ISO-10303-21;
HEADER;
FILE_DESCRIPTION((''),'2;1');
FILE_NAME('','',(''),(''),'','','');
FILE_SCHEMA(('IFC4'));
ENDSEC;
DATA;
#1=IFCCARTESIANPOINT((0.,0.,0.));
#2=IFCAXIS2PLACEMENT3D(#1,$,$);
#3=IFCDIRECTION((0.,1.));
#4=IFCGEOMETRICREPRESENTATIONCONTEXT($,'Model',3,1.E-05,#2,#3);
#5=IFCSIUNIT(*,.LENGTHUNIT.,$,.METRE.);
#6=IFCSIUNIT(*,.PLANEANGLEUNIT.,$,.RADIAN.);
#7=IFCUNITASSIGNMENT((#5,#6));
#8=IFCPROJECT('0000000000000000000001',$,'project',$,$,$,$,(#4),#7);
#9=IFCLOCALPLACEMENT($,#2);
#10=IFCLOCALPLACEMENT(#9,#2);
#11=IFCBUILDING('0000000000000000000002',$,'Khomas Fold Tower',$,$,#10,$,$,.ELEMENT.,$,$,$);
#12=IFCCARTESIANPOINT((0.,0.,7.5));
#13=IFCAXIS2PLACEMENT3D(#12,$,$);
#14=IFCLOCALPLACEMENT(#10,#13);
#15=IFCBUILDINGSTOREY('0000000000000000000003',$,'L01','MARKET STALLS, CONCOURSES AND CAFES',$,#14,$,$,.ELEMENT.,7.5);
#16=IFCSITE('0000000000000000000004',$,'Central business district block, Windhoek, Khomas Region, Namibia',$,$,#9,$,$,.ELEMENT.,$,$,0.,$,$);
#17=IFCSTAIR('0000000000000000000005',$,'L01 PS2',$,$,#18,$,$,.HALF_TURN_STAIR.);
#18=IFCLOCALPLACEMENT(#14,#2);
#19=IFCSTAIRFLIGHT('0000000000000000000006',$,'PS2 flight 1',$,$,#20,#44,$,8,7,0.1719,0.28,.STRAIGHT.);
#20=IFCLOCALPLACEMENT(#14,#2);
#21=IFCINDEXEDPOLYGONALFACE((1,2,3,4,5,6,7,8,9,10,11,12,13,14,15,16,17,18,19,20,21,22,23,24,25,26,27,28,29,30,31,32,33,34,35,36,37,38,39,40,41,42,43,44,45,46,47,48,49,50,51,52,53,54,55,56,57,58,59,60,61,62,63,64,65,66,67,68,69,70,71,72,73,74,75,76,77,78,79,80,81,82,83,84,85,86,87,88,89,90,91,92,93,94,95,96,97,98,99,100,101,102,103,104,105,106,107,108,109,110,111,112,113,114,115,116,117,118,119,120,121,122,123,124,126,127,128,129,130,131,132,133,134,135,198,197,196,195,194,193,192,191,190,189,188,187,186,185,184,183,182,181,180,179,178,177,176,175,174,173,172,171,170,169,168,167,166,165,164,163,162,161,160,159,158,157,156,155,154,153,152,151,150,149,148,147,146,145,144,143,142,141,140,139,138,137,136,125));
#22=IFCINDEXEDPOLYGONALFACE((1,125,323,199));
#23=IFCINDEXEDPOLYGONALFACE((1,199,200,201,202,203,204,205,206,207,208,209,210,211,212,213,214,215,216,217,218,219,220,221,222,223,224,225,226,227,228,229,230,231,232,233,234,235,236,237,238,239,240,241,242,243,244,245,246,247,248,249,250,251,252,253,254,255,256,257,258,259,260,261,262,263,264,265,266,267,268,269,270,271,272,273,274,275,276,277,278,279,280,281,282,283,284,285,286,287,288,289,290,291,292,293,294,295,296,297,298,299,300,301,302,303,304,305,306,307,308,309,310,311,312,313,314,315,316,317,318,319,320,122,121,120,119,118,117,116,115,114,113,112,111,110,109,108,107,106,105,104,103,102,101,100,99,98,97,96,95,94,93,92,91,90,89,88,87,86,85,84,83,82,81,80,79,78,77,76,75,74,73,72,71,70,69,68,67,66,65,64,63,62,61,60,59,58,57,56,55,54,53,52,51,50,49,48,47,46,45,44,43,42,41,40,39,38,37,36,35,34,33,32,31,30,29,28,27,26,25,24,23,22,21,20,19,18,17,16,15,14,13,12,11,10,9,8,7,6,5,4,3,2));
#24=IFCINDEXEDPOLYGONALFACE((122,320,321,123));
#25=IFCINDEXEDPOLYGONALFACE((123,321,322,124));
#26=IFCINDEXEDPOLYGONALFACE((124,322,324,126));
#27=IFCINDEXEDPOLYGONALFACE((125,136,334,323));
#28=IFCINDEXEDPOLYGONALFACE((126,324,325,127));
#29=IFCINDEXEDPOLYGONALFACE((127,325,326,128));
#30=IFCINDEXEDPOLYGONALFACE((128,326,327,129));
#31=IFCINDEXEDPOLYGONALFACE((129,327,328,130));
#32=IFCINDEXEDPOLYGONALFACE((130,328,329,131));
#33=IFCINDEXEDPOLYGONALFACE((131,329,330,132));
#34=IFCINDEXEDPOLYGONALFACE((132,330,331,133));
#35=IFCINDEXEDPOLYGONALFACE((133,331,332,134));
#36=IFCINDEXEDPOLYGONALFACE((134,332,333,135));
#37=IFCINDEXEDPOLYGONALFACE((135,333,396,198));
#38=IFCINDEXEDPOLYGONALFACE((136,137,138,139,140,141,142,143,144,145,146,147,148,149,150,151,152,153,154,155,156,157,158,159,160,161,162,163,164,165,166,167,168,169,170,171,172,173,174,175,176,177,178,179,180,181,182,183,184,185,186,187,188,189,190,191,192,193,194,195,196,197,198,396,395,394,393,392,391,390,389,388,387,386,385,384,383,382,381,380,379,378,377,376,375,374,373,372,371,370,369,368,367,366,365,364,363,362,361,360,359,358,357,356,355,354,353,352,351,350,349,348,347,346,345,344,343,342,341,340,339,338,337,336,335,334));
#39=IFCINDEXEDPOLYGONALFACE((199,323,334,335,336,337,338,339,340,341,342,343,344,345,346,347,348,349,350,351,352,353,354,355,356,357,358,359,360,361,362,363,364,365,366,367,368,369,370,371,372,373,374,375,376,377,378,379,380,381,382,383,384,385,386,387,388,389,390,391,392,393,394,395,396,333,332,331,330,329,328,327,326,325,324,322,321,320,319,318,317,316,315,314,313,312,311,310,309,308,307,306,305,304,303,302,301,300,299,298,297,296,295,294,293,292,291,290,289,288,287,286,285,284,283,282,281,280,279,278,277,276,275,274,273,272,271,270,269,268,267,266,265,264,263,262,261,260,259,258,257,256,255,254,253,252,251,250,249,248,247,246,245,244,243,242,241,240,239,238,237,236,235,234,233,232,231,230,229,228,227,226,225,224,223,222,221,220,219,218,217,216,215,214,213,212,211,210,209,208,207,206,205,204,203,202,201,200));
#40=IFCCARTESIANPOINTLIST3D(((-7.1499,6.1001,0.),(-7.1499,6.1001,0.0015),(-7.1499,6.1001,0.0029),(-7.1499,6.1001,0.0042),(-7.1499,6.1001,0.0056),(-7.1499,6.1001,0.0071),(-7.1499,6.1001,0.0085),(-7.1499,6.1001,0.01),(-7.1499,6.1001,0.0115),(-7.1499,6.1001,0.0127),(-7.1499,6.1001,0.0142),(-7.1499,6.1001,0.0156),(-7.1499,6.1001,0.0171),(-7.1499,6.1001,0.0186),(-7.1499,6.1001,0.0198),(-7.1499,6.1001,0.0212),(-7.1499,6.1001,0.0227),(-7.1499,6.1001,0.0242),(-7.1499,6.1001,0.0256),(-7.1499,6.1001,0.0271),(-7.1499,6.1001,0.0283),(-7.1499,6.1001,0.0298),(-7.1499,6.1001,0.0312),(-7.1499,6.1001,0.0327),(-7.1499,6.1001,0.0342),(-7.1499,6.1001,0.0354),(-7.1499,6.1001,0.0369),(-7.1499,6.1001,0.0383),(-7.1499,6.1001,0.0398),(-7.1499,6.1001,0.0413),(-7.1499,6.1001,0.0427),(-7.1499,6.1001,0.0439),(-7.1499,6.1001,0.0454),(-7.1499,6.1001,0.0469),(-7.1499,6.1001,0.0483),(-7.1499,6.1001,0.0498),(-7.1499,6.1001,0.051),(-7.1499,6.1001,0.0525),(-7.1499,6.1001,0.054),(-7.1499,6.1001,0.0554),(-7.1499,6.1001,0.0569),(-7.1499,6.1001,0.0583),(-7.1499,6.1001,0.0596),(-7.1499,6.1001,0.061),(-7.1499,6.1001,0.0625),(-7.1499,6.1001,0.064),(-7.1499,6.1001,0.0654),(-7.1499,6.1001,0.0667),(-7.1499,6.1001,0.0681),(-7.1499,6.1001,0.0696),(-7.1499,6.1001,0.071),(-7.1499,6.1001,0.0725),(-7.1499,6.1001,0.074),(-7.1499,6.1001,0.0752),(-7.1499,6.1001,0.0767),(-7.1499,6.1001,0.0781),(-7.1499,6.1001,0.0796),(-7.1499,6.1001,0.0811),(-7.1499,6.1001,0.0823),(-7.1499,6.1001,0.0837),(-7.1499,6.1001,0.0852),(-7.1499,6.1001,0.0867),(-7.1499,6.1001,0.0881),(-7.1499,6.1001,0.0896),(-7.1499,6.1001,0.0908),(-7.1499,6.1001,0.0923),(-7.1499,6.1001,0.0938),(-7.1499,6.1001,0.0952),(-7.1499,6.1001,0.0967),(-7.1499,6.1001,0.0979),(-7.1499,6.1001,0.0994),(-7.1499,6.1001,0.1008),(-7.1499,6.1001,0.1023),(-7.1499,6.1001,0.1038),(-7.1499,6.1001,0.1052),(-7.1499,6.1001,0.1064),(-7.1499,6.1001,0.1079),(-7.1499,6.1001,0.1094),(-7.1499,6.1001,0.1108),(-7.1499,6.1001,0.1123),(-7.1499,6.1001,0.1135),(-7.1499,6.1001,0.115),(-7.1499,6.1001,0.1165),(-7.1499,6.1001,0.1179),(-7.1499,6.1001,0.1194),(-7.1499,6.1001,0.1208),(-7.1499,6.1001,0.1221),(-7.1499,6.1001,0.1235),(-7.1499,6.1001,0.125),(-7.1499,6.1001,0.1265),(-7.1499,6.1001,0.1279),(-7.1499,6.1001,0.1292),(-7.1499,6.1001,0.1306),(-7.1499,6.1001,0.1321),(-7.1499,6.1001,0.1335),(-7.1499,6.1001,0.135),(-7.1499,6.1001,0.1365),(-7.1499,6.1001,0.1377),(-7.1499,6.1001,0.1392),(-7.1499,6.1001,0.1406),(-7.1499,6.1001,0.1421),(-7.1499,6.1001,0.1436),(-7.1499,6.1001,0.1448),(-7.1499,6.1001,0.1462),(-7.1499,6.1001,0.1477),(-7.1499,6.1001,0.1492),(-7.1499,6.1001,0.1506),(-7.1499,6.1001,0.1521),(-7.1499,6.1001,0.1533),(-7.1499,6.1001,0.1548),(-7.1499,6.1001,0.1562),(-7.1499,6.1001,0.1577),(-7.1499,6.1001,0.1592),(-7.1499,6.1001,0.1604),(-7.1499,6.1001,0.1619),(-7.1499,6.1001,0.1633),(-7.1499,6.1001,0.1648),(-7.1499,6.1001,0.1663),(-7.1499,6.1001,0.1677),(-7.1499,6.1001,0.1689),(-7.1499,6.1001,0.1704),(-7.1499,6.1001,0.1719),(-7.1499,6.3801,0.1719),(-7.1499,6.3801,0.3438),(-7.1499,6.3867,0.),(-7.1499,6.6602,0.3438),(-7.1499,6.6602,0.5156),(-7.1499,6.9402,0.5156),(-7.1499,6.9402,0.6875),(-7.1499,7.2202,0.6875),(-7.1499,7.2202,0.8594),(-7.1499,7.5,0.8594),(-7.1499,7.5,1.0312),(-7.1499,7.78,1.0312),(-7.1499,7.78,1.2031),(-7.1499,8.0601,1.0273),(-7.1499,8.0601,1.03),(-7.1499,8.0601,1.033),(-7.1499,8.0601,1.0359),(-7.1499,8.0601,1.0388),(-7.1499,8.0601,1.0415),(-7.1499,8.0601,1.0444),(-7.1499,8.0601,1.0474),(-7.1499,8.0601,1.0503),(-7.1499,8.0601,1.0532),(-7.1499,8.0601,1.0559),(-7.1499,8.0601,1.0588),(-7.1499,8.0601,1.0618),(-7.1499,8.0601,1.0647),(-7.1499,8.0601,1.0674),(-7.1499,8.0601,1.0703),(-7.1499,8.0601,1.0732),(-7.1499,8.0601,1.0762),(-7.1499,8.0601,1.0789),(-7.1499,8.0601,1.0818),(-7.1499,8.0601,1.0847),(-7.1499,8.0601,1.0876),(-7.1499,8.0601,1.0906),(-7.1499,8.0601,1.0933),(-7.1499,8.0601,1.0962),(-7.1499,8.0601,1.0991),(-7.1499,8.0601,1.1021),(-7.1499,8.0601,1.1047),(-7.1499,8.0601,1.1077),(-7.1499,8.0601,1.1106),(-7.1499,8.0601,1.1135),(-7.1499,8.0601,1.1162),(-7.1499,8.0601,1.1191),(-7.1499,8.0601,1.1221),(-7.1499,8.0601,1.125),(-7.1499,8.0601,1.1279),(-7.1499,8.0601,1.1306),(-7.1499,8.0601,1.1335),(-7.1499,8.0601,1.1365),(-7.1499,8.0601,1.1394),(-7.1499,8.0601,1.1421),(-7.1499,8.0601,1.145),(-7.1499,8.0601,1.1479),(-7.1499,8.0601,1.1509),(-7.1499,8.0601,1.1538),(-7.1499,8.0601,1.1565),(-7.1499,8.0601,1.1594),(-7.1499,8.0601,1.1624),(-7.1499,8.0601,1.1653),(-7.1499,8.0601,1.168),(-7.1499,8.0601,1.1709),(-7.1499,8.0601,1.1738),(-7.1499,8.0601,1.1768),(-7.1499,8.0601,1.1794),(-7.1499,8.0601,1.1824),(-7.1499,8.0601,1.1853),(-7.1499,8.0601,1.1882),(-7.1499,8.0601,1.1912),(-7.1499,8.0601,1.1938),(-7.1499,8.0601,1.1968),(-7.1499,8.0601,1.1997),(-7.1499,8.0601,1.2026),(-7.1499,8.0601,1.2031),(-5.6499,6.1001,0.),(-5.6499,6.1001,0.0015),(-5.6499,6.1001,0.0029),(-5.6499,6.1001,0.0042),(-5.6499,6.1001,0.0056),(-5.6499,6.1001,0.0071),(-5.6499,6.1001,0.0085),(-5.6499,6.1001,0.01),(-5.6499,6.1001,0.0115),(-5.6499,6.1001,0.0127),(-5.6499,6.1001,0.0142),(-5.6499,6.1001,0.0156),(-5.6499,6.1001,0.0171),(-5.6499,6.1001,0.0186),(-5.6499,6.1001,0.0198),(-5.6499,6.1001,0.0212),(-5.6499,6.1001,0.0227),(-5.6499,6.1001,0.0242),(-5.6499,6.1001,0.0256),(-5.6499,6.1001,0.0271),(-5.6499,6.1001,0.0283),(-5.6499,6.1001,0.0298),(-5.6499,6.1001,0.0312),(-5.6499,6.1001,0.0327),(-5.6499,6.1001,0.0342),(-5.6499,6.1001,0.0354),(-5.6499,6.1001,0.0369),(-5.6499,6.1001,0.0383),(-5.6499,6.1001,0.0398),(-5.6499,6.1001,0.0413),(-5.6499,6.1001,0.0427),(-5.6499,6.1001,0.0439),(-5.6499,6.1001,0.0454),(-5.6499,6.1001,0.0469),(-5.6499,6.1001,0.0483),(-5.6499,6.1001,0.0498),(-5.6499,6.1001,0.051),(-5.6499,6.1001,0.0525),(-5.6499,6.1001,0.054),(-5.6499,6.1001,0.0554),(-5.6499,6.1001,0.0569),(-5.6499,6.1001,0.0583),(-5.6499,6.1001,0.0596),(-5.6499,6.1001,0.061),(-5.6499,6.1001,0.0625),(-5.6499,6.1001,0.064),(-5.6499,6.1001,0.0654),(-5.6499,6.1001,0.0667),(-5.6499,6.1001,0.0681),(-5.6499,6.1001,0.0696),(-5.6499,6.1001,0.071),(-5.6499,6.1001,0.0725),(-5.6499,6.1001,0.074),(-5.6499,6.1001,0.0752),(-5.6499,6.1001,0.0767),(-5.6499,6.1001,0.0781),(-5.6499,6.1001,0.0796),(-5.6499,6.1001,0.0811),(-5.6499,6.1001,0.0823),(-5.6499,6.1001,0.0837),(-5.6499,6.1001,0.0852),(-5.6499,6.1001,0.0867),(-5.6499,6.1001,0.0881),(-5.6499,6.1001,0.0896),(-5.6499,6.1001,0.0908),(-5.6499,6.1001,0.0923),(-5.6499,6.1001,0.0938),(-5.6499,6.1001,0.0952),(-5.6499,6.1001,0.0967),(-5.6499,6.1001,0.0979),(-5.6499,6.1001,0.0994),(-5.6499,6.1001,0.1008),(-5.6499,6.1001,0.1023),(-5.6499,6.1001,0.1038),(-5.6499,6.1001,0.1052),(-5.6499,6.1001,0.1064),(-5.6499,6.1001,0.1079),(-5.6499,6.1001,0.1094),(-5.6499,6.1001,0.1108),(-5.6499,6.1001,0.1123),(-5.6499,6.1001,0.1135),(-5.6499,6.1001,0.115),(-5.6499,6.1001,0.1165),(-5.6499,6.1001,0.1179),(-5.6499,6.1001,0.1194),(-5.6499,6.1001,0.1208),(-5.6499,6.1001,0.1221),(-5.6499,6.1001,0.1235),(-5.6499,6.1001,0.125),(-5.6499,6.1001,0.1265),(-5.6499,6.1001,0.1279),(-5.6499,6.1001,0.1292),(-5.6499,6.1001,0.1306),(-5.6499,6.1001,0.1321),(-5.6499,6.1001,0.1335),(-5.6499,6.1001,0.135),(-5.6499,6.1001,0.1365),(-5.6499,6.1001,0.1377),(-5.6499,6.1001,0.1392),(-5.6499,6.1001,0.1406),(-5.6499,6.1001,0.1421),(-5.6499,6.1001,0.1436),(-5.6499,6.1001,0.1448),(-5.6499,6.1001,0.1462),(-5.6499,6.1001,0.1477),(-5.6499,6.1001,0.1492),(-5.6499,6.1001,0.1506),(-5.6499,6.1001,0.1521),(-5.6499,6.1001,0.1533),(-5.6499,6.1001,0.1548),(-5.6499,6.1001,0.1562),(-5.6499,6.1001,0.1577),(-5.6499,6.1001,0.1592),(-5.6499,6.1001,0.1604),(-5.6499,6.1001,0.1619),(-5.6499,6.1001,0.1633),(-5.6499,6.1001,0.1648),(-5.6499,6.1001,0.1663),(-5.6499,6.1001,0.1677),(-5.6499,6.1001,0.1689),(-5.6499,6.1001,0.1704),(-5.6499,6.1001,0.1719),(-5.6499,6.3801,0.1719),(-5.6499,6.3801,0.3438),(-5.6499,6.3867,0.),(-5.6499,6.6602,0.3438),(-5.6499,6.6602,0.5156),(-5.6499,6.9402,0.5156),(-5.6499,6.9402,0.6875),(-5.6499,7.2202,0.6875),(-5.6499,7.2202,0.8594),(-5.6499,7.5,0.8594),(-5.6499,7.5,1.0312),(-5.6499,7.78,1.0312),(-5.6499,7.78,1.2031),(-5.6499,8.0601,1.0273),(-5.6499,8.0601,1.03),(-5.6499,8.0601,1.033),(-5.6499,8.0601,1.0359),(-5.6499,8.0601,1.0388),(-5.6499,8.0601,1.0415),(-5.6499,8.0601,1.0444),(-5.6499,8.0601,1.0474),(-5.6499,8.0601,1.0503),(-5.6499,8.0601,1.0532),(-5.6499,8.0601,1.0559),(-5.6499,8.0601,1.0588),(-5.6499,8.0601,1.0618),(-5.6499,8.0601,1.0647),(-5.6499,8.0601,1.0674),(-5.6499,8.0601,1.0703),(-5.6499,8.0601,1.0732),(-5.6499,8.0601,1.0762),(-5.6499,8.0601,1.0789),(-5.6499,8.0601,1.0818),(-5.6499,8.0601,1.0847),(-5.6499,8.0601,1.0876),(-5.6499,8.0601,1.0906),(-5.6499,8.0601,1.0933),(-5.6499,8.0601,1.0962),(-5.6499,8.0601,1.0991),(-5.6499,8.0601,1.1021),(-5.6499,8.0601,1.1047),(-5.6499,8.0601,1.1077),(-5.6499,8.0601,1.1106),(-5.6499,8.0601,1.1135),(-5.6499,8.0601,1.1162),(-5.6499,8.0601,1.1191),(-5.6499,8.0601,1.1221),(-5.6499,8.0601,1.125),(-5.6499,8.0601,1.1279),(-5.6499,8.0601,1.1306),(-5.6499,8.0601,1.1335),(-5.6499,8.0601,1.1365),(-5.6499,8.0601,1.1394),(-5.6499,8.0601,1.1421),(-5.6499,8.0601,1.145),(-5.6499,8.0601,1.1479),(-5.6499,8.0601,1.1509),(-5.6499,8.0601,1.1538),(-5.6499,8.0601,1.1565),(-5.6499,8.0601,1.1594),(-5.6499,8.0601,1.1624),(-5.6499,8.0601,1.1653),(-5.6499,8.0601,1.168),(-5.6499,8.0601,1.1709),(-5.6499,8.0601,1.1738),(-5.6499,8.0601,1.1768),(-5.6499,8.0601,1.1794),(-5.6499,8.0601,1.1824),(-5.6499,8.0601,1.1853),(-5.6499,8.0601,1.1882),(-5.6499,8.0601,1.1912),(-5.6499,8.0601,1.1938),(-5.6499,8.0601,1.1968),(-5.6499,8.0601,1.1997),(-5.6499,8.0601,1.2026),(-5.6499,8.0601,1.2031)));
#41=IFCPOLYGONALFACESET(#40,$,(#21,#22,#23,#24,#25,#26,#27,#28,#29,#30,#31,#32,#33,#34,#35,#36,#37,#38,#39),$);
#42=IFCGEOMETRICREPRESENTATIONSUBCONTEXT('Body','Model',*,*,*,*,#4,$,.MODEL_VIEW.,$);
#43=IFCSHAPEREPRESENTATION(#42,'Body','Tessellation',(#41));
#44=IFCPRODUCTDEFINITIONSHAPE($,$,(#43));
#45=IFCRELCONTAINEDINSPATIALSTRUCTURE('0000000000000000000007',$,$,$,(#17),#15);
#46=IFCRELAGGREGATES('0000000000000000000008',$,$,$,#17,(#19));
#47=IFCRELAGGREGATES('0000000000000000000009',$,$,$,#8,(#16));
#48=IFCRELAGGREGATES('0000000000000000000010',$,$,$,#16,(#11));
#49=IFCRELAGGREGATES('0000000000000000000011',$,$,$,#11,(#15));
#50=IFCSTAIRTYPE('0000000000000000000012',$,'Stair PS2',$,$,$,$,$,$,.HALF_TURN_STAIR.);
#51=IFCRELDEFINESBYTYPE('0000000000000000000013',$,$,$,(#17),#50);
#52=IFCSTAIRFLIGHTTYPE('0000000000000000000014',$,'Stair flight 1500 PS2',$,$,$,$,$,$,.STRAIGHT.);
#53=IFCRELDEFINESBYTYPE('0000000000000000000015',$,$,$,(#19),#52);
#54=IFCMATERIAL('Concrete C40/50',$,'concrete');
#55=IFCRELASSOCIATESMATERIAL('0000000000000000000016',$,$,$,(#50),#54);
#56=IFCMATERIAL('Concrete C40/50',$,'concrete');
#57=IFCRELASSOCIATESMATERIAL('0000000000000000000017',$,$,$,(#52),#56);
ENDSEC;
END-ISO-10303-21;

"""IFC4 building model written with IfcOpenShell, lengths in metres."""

from ifc_helpers import new_model, si_unit, direction, frame, origin, place, context, subcontext, project, spatial, polyline, outline, extrude, source, transform, mapped, material, type_object, element, aggregate, save


model = new_model("IFC4")

# Units and contexts
model_context = context("Model", 3, precision=1e-05, world=origin(), true_north=direction((0.0, 1.0)))
body_context = subcontext(model_context, "Body", "Model", "MODEL_VIEW")
ifc_project = project(units=[si_unit("LENGTHUNIT", "METRE"), si_unit("PLANEANGLEUNIT", "RADIAN")], contexts=[model_context])

# Site, building, storey
site_placement = place(None, origin())
site = spatial("IfcSite", under=ifc_project, at=site_placement, Name="Central business district block, Windhoek, Khomas Region, Namibia", CompositionType="ELEMENT", RefElevation=0.0)
building_placement = place(site_placement, origin())
building = spatial("IfcBuilding", under=site, at=building_placement, Name="Khomas Fold Tower", CompositionType="ELEMENT")
storey_placement = place(building_placement, frame((0.0, 0.0, 7.5)))
storey = spatial("IfcBuildingStorey", under=building, at=storey_placement, Name="L01", Description="MARKET STALLS, CONCOURSES AND CAFES", CompositionType="ELEMENT", Elevation=7.5)

# Stair, stair flight
ifc_material_1 = material(Name="Concrete C40/50", Category="concrete")
stair_type = type_object("IfcStairType", Name="Stair PS2", PredefinedType="HALF_TURN_STAIR", material=ifc_material_1)
stair_placement = place(storey_placement, origin())
stair = element("IfcStair", 1, at=stair_placement, inside=storey, type_object=stair_type, Name="L01 PS2", PredefinedType="HALF_TURN_STAIR")
ifc_material_2 = material(Name="Concrete C40/50", Category="concrete")
stair_flight_type = type_object("IfcStairFlightType", Name="Stair flight 1500 PS2", PredefinedType="STRAIGHT", material=ifc_material_2)
shared_shape_1 = source(origin(), body_context, "Body", "SweptSolid", [
    extrude(outline(polyline([(0.0, 0.0), (0.0, 0.0015), (0.0, 0.0029), (0.0, 0.0042), (0.0, 0.0056), (0.0, 0.0071), (0.0, 0.0085), (0.0, 0.01), (0.0, 0.0115), (0.0, 0.0127), (0.0, 0.0142), (0.0, 0.0156), (0.0, 0.0171), (0.0, 0.0186), (0.0, 0.0198), (0.0, 0.0212), (0.0, 0.0227), (0.0, 0.0242), (0.0, 0.0256), (0.0, 0.0271), (0.0, 0.0283), (0.0, 0.0298), (0.0, 0.0312), (0.0, 0.0327), (0.0, 0.0342), (0.0, 0.0354), (0.0, 0.0369), (0.0, 0.0383), (0.0, 0.0398), (0.0, 0.0413), (0.0, 0.0427), (0.0, 0.0439), (0.0, 0.0454), (0.0, 0.0469), (0.0, 0.0483), (0.0, 0.0498), (0.0, 0.051), (0.0, 0.0525), (0.0, 0.054), (0.0, 0.0554), (0.0, 0.0569), (0.0, 0.0583), (0.0, 0.0596), (0.0, 0.061), (0.0, 0.0625), (0.0, 0.064), (0.0, 0.0654), (0.0, 0.0667), (0.0, 0.0681), (0.0, 0.0696), (0.0, 0.071), (0.0, 0.0725), (0.0, 0.074), (0.0, 0.0752), (0.0, 0.0767), (0.0, 0.0781), (0.0, 0.0796), (0.0, 0.0811), (0.0, 0.0823), (0.0, 0.0837), (0.0, 0.0852), (0.0, 0.0867), (0.0, 0.0881), (0.0, 0.0896), (0.0, 0.0908), (0.0, 0.0923), (0.0, 0.0938), (0.0, 0.0952), (0.0, 0.0967), (0.0, 0.0979), (0.0, 0.0994), (0.0, 0.1008), (0.0, 0.1023), (0.0, 0.1038), (0.0, 0.1052), (0.0, 0.1064), (0.0, 0.1079), (0.0, 0.1094), (0.0, 0.1108), (0.0, 0.1123), (0.0, 0.1135), (0.0, 0.115), (0.0, 0.1165), (0.0, 0.1179), (0.0, 0.1194), (0.0, 0.1208), (0.0, 0.1221), (0.0, 0.1235), (0.0, 0.125), (0.0, 0.1265), (0.0, 0.1279), (0.0, 0.1292), (0.0, 0.1306), (0.0, 0.1321), (0.0, 0.1335), (0.0, 0.135), (0.0, 0.1365), (0.0, 0.1377), (0.0, 0.1392), (0.0, 0.1406), (0.0, 0.1421), (0.0, 0.1436), (0.0, 0.1448), (0.0, 0.1462), (0.0, 0.1477), (0.0, 0.1492), (0.0, 0.1506), (0.0, 0.1521), (0.0, 0.1533), (0.0, 0.1548), (0.0, 0.1562), (0.0, 0.1577), (0.0, 0.1592), (0.0, 0.1604), (0.0, 0.1619), (0.0, 0.1633), (0.0, 0.1648), (0.0, 0.1663), (0.0, 0.1677), (0.0, 0.1689), (0.0, 0.1704), (0.0, 0.1719), (0.28, 0.1719), (0.28, 0.3438), (0.5601, 0.3438), (0.5601, 0.5156), (0.8401, 0.5156), (0.8401, 0.6875), (1.1201, 0.6875), (1.1201, 0.8594), (1.3999, 0.8594), (1.3999, 1.0312), (1.6799, 1.0312), (1.6799, 1.2031), (1.96, 1.2031), (1.96, 1.375), (1.96, 1.3721), (1.96, 1.3691), (1.96, 1.3665), (1.96, 1.3635), (1.96, 1.3606), (1.96, 1.3577), (1.96, 1.355), (1.96, 1.3521), (1.96, 1.3491), (1.96, 1.3462), (1.96, 1.3435), (1.96, 1.3406), (1.96, 1.3376), (1.96, 1.3347), (1.96, 1.3318), (1.96, 1.3291), (1.96, 1.3262), (1.96, 1.3232), (1.96, 1.3203), (1.96, 1.3176), (1.96, 1.3147), (1.96, 1.3118), (1.96, 1.3088), (1.96, 1.3059), (1.96, 1.3032), (1.96, 1.3003), (1.96, 1.2974), (1.96, 1.2944), (1.96, 1.2917), (1.96, 1.2888), (1.96, 1.2859), (1.96, 1.283), (1.96, 1.2803), (1.96, 1.2773), (1.96, 1.2744), (1.96, 1.2715), (1.96, 1.2686), (1.96, 1.2659), (1.96, 1.2629), (1.96, 1.26), (1.96, 1.2571), (1.96, 1.2544), (1.96, 1.2515), (1.96, 1.2485), (1.96, 1.2456), (1.96, 1.2427), (1.96, 1.24), (1.96, 1.2371), (1.96, 1.2341), (1.96, 1.2312), (1.96, 1.2285), (1.96, 1.2256), (1.96, 1.2227), (1.96, 1.2197), (1.96, 1.217), (1.96, 1.2141), (1.96, 1.2112), (1.96, 1.2083), (1.96, 1.2053), (1.96, 1.2026), (1.96, 1.1997), (1.96, 1.1968), (1.96, 1.1938), (1.96, 1.1912), (1.96, 1.1882), (1.96, 1.1853), (1.96, 1.1824), (1.96, 1.1794), (1.96, 1.1768), (1.96, 1.1738), (1.96, 1.1709), (1.96, 1.168), (1.96, 1.1653), (1.96, 1.1624), (1.96, 1.1594), (1.96, 1.1565), (1.96, 1.1538), (1.96, 1.1509), (1.96, 1.1479), (1.96, 1.145), (1.96, 1.1421), (1.96, 1.1394), (1.96, 1.1365), (1.96, 1.1335), (1.96, 1.1306), (1.96, 1.1279), (1.96, 1.125), (1.96, 1.1221), (1.96, 1.1191), (1.96, 1.1162), (1.96, 1.1135), (1.96, 1.1106), (1.96, 1.1077), (1.96, 1.1047), (1.96, 1.1021), (1.96, 1.0991), (1.96, 1.0962), (1.96, 1.0933), (1.96, 1.0906), (1.96, 1.0876), (1.96, 1.0847), (1.96, 1.0818), (1.96, 1.0789), (1.96, 1.0762), (1.96, 1.0732), (1.96, 1.0703), (1.96, 1.0674), (1.96, 1.0647), (1.96, 1.0618), (1.96, 1.0588), (1.96, 1.0559), (1.96, 1.0532), (1.96, 1.0503), (1.96, 1.0474), (1.96, 1.0444), (1.96, 1.0415), (1.96, 1.0388), (1.96, 1.0359), (1.96, 1.033), (1.96, 1.03), (1.96, 1.0273), (0.2866, 0.0), (0.0, 0.0)])), frame((0.0, 0.75, 0.0), z_axis=(0.0, -1.0, 0.0), x_axis=(1.0, 0.0, 0.0)), (0.0, 0.0, 1.0), 1.5),
])
stair_flight_1_placement = place(storey_placement, frame((-6.3999, 6.1001, 0.0), z_axis=(0.0, 0.0, 1.0), x_axis=(0.0, 1.0, 0.0)))
stair_flight_1 = element("IfcStairFlight", 2, at=stair_flight_1_placement, type_object=stair_flight_type, Name="PS2 flight 1", NumberOfRisers=8, NumberOfTreads=7, PredefinedType="STRAIGHT", RiserHeight=0.1719, TreadLength=0.28, context=body_context, shape_type="MappedRepresentation", body=[
    mapped(shared_shape_1, transform((0.0, 0.0, 0.0))),
])
aggregate(stair, [stair_flight_1])

save(model, "model.ifc")
